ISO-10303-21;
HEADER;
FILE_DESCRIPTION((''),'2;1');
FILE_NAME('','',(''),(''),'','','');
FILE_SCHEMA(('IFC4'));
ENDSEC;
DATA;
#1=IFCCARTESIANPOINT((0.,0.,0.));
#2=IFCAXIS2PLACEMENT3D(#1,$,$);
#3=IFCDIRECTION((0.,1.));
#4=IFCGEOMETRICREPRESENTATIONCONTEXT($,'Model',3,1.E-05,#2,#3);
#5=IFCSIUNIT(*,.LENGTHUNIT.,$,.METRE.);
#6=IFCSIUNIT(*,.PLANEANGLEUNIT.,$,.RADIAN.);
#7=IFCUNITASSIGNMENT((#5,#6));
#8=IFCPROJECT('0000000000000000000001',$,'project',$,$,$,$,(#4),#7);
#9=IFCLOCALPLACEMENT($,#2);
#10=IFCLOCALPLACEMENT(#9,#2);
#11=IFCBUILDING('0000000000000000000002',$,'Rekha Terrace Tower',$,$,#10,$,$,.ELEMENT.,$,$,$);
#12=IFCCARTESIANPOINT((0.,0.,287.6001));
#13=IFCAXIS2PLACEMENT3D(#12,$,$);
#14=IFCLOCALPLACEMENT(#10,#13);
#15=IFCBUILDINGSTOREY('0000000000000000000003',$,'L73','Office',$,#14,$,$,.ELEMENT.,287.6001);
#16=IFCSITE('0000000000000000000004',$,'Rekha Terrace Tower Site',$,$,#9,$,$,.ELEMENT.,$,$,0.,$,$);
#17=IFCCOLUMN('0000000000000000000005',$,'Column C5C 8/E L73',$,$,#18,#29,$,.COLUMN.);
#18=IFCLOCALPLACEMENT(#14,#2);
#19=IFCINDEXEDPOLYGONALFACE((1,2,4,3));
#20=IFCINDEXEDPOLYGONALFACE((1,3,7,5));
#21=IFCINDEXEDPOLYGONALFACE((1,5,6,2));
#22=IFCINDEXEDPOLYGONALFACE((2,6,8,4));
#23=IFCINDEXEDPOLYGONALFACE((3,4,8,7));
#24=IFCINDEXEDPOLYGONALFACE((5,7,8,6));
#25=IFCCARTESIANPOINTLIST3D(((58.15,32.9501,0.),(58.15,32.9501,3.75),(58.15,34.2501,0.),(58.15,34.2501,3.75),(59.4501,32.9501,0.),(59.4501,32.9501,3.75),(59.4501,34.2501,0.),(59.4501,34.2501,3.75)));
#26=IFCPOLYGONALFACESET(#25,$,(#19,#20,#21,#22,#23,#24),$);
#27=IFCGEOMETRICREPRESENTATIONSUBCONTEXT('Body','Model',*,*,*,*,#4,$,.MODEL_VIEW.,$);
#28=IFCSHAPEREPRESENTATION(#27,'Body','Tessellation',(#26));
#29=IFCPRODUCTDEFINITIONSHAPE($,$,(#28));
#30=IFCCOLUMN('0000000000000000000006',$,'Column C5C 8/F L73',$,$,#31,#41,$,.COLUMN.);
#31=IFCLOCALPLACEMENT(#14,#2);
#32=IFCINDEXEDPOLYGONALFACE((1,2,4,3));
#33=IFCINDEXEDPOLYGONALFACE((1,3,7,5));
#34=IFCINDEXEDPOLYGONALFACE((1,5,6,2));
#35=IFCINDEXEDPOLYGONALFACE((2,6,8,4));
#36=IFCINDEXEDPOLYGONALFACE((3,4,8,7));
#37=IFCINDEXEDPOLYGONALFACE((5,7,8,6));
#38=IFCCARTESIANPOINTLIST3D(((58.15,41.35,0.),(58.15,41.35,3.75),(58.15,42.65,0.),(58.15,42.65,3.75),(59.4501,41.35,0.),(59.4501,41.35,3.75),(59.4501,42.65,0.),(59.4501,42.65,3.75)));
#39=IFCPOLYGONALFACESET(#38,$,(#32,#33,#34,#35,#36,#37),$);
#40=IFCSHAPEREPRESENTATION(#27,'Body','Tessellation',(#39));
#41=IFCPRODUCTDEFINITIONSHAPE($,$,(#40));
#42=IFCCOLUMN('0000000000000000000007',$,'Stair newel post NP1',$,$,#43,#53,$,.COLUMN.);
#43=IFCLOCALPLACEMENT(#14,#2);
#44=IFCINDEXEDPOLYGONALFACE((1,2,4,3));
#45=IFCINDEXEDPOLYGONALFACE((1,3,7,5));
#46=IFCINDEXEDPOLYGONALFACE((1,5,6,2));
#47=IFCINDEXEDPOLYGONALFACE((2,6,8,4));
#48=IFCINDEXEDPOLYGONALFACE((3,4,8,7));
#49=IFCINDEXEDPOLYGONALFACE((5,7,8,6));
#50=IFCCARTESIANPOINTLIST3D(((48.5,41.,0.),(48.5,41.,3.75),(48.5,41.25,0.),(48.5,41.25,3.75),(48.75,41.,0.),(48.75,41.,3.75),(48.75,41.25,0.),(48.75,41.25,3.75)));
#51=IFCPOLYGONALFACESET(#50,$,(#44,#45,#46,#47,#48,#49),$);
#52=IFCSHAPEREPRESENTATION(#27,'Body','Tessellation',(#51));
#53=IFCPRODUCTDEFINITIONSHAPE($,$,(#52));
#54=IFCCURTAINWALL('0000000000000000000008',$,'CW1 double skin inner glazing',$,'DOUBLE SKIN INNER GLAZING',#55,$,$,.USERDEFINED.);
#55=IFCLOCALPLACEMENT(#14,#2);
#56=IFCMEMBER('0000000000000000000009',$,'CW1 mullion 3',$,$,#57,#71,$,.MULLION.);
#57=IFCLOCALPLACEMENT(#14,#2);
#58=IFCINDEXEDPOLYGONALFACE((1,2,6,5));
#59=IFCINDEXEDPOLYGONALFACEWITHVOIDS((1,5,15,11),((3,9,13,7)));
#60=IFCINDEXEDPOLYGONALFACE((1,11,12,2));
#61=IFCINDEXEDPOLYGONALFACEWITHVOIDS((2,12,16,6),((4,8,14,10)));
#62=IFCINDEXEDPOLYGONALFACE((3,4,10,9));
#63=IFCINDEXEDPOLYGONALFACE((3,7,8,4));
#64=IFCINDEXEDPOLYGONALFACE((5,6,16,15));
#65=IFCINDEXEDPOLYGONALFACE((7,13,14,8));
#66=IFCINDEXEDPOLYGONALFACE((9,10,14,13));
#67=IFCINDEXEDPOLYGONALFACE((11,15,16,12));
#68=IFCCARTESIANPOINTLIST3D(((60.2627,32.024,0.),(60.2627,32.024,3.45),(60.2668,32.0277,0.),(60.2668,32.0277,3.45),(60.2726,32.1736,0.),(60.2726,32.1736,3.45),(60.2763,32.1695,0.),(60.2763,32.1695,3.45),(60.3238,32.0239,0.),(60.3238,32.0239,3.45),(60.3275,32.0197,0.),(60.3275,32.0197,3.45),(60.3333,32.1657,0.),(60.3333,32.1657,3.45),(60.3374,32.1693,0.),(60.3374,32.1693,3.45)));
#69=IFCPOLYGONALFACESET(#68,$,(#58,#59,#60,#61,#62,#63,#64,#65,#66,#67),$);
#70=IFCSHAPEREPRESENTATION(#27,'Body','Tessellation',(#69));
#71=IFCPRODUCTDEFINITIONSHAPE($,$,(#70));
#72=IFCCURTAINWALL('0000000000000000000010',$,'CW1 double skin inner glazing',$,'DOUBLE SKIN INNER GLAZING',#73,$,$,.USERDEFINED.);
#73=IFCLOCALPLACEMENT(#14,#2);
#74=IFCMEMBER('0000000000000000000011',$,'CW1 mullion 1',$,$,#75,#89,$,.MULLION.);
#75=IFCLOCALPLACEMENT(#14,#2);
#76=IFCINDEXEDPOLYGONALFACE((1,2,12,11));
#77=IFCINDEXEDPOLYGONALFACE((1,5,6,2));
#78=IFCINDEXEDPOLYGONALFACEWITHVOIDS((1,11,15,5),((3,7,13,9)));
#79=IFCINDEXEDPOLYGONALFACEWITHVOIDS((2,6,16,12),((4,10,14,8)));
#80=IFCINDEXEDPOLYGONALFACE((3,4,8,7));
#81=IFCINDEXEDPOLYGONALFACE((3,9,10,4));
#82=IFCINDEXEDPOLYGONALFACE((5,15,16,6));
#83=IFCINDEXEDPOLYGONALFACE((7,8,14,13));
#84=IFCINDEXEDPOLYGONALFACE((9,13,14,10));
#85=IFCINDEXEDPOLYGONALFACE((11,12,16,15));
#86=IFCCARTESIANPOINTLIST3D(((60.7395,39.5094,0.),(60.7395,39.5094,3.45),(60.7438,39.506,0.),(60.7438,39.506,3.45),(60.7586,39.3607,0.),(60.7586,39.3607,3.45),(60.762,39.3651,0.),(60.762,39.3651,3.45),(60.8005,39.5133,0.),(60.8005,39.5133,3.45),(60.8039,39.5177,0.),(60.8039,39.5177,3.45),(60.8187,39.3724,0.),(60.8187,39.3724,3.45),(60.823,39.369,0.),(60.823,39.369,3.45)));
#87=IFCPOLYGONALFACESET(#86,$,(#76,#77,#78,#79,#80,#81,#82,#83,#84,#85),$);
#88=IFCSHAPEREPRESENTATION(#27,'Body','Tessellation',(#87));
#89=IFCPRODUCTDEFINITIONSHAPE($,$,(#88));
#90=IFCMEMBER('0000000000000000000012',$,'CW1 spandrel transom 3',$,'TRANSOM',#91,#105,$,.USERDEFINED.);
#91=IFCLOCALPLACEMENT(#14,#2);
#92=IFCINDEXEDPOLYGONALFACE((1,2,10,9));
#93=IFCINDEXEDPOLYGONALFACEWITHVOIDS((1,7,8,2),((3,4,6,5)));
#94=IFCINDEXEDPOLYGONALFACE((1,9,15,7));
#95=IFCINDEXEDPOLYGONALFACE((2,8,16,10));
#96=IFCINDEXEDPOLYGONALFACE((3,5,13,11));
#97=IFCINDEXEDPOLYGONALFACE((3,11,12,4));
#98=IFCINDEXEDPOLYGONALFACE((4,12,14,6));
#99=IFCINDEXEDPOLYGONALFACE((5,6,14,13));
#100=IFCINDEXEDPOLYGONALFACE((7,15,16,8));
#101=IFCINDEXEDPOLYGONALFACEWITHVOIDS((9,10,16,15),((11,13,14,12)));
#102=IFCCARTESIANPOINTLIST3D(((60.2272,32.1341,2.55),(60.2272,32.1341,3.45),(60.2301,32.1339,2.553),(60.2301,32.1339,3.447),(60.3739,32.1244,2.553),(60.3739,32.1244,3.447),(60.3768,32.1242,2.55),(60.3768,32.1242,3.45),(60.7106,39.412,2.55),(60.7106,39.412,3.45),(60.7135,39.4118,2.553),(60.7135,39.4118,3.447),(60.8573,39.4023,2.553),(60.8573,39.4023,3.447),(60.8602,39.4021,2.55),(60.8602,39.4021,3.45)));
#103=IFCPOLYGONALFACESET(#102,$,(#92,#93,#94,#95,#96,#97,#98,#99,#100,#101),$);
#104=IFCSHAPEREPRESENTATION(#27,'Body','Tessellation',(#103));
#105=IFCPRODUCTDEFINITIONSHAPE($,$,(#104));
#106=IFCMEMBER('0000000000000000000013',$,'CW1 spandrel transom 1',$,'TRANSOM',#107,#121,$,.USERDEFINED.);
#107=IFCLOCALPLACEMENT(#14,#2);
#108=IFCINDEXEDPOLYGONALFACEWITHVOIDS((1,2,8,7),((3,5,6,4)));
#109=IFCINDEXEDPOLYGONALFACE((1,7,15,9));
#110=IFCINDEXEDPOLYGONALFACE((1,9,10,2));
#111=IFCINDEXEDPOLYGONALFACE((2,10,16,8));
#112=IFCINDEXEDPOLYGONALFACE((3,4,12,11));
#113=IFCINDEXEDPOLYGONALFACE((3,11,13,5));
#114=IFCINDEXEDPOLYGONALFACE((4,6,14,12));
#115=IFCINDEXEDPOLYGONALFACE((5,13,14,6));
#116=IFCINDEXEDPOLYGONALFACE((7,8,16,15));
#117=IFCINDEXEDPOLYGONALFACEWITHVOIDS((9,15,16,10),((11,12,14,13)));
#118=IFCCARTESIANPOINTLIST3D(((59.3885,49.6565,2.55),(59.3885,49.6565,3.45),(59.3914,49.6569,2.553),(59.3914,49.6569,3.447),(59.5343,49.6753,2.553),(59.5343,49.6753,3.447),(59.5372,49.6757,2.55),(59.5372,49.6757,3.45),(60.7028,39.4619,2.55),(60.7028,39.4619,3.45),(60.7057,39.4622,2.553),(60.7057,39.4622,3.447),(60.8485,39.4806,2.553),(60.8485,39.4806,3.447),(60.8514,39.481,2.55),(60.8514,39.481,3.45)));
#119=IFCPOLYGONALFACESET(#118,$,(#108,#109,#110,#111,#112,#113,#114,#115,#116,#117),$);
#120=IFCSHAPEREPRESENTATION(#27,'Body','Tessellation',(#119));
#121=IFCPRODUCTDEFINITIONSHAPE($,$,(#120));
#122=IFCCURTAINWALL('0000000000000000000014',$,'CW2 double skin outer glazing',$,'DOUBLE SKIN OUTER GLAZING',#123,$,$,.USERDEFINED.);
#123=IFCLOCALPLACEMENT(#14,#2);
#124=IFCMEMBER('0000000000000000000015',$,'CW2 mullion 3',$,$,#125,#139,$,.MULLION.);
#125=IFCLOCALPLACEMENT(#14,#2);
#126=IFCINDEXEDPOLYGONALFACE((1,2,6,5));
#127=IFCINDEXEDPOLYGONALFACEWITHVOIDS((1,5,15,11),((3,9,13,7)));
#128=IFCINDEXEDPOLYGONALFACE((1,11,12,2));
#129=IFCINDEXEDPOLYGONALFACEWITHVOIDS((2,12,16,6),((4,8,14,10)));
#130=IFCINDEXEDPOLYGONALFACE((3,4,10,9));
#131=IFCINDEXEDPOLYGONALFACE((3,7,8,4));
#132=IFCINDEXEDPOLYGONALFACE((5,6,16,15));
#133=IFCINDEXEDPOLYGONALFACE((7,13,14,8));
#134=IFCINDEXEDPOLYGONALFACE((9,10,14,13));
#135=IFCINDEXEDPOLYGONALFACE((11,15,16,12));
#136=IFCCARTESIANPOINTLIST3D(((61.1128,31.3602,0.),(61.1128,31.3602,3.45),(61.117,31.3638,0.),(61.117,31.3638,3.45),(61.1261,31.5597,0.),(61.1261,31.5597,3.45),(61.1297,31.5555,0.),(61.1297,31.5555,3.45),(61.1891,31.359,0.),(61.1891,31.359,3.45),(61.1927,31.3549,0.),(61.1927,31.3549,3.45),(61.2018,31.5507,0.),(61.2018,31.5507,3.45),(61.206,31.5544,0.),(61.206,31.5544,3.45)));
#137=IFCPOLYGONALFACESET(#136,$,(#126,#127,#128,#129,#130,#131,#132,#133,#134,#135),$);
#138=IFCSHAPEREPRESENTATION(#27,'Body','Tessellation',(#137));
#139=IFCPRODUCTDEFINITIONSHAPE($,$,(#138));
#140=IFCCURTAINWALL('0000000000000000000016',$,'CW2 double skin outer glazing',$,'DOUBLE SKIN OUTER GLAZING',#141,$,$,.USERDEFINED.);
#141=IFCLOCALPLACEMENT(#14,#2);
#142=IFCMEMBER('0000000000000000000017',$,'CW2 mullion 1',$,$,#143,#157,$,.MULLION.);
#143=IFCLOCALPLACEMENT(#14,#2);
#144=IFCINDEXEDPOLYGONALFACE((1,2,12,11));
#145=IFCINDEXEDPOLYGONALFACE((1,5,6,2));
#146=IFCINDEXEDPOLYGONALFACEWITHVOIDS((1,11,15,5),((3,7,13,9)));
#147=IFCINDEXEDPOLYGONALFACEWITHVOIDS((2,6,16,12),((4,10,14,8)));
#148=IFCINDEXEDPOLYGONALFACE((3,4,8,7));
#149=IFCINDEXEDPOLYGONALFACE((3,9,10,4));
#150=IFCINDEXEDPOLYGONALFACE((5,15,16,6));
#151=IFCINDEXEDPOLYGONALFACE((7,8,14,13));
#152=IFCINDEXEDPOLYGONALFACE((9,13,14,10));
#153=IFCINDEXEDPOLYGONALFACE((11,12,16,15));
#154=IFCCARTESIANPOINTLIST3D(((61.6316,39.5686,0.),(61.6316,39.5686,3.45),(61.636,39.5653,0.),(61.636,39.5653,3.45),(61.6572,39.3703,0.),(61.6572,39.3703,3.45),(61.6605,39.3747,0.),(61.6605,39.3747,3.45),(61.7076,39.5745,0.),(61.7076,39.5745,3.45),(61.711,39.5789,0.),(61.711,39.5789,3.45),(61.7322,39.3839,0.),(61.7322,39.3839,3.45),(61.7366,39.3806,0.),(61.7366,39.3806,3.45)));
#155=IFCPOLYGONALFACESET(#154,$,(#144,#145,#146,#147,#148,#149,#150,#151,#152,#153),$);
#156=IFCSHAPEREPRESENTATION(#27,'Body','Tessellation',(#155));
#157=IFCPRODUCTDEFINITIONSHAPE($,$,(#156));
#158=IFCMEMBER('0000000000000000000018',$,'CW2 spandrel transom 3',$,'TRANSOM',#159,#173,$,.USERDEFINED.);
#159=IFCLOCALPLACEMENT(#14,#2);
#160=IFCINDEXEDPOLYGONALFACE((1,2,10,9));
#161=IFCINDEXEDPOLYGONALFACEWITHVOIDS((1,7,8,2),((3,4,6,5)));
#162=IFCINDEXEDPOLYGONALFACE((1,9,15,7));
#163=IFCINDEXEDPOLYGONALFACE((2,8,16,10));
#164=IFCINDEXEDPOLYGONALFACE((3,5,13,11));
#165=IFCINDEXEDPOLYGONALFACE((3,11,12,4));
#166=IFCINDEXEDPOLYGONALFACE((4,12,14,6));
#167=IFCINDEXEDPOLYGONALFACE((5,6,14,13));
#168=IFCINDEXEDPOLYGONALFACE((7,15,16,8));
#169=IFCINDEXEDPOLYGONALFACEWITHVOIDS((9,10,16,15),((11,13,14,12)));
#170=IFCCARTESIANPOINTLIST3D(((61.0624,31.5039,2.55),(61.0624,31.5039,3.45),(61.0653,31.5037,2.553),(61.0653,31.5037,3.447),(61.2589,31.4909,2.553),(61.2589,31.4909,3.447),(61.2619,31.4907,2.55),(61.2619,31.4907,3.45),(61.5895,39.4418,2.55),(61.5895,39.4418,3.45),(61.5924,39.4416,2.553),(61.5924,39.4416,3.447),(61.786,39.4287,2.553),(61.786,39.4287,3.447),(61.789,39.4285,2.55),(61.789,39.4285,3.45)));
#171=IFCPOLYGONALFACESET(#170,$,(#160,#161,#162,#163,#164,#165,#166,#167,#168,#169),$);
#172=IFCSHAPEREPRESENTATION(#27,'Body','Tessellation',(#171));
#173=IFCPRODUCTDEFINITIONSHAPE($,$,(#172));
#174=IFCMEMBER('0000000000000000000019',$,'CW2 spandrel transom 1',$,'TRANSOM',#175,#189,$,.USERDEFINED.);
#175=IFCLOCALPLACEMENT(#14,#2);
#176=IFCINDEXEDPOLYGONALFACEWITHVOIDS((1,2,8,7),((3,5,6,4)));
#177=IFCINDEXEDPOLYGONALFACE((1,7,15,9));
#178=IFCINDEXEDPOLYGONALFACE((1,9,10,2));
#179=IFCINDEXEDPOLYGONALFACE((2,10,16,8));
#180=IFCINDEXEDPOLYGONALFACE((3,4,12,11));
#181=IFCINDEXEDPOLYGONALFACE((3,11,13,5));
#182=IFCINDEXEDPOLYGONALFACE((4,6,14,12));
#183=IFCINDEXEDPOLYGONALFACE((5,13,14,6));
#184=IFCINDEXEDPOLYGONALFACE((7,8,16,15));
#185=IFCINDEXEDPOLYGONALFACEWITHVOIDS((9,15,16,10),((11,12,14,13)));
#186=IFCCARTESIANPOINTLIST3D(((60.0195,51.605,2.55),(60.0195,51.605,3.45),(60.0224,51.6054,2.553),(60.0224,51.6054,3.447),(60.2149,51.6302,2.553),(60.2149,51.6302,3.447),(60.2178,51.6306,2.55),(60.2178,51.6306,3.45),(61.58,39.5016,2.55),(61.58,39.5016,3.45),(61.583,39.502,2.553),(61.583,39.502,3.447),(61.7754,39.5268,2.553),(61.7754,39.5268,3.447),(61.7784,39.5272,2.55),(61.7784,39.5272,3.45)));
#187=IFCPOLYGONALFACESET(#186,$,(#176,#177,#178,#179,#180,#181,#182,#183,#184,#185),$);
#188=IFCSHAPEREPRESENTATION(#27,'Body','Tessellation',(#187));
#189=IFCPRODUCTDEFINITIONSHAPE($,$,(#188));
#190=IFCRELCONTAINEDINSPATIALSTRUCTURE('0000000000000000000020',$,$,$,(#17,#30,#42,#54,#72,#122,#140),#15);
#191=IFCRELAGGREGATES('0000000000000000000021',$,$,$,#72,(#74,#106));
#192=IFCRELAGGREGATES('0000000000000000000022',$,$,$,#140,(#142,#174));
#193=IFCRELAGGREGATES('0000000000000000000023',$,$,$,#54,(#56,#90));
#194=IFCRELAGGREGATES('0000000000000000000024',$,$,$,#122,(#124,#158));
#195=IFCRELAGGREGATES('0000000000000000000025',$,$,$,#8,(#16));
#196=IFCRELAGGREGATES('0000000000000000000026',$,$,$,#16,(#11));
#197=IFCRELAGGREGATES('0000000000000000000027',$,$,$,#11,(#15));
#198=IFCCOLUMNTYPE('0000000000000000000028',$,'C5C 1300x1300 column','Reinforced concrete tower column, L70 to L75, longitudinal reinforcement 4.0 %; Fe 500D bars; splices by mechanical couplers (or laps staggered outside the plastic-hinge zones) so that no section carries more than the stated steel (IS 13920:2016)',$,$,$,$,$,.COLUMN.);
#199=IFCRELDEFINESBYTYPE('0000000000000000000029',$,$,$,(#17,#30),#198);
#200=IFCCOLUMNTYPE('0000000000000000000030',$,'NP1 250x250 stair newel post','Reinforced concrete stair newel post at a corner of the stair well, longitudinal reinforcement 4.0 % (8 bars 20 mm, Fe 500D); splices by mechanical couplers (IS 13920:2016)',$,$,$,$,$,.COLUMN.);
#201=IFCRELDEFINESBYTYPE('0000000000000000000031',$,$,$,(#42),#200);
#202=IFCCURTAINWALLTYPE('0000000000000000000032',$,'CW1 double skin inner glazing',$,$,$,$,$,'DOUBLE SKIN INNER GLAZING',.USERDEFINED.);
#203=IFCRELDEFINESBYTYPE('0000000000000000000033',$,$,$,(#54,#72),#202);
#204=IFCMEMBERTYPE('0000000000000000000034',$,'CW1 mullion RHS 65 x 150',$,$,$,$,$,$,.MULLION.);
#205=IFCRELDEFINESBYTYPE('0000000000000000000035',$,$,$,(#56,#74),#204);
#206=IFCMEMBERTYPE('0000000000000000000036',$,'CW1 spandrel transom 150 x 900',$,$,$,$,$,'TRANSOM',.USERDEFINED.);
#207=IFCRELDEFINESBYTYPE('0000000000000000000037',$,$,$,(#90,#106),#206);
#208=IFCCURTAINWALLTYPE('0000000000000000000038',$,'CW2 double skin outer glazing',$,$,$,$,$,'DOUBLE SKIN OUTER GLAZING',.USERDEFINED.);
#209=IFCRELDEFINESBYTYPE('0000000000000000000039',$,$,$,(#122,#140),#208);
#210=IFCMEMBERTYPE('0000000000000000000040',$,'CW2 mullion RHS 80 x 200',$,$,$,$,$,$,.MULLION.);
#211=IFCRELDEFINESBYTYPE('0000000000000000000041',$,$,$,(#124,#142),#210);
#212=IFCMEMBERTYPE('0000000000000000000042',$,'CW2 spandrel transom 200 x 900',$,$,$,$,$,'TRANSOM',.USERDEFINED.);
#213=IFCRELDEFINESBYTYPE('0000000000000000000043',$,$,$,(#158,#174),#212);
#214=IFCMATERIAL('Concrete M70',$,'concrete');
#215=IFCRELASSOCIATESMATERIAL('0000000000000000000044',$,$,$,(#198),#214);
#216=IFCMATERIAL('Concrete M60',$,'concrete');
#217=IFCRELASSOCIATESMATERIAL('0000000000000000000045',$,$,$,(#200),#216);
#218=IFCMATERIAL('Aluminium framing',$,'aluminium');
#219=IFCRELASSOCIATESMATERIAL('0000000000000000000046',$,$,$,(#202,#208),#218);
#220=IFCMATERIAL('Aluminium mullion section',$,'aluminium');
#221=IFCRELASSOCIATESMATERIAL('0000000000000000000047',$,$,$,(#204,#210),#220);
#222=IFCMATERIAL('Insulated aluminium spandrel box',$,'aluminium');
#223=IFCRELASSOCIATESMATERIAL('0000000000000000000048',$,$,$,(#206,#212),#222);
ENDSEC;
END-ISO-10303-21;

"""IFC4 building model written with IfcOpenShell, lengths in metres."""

from ifc_helpers import new_model, si_unit, direction, frame, origin, origin_2d, place, context, subcontext, project, spatial, rectangle, hollow_rectangle, extrude, material, material_profile, profile_set, type_object, element, aggregate, save


model = new_model("IFC4")

# Units and contexts
model_context = context("Model", 3, precision=1e-05, world=origin(), true_north=direction((0.0, 1.0)))
body_context = subcontext(model_context, "Body", "Model", "MODEL_VIEW")
ifc_project = project(units=[si_unit("LENGTHUNIT", "METRE"), si_unit("PLANEANGLEUNIT", "RADIAN")], contexts=[model_context])

# Site, building, storey
site_placement = place(None, origin())
site = spatial("IfcSite", under=ifc_project, at=site_placement, Name="Rekha Terrace Tower Site", CompositionType="ELEMENT", RefElevation=0.0)
building_placement = place(site_placement, origin())
building = spatial("IfcBuilding", under=site, at=building_placement, Name="Rekha Terrace Tower", CompositionType="ELEMENT")
storey_placement = place(building_placement, frame((0.0, 0.0, 287.6001)))
storey = spatial("IfcBuildingStorey", under=building, at=storey_placement, Name="L73", Description="Office", CompositionType="ELEMENT", Elevation=287.6001)

# Columns
ifc_material_1 = material(Name="Concrete M70", Category="concrete")
ifc_material_profile_1 = material_profile(ifc_material_1, rectangle(XDim=1.3, YDim=1.3, at=origin_2d()), Name="RC 1300x1300")
ifc_profile_set_1 = profile_set([ifc_material_profile_1], Name="Concrete M70")
column_type_1 = type_object("IfcColumnType", Name="C5C 1300x1300 column", Description="Reinforced concrete tower column, L70 to L75, longitudinal reinforcement 4.0 %; Fe 500D bars; splices by mechanical couplers (or laps staggered outside the plastic-hinge zones) so that no section carries more than the stated steel (IS 13920:2016)", PredefinedType="COLUMN", material=ifc_profile_set_1)
for number, where, z_axis, x_axis, name in (
    (1, (58.8, 33.6001, 0.0), (0.0, 0.0, 1.0), (1.0, 0.0, 0.0), "Column C5C 8/E L73"),
    (2, (58.8, 42.0, 0.0), (0.0, 0.0, 1.0), (1.0, 0.0, 0.0), "Column C5C 8/F L73"),
):
    element("IfcColumn", number, at=place(storey_placement, frame(where, z_axis=z_axis, x_axis=x_axis)), inside=storey, type_object=column_type_1, Name=name, PredefinedType="COLUMN", context=body_context, shape_type="SweptSolid", body=[
        extrude(rectangle(XDim=1.3, YDim=1.3, at=origin_2d()), origin(), (0.0, 0.0, 1.0), 3.75),
    ])
ifc_material_2 = material(Name="Concrete M60", Category="concrete")
ifc_material_profile_2 = material_profile(ifc_material_2, rectangle(XDim=0.25, YDim=0.25, at=origin_2d()), Name="RC 250x250")
ifc_profile_set_2 = profile_set([ifc_material_profile_2], Name="Concrete M60")
column_type_2 = type_object("IfcColumnType", Name="NP1 250x250 stair newel post", Description="Reinforced concrete stair newel post at a corner of the stair well, longitudinal reinforcement 4.0 % (8 bars 20 mm, Fe 500D); splices by mechanical couplers (IS 13920:2016)", PredefinedType="COLUMN", material=ifc_profile_set_2)
column_placement = place(storey_placement, frame((48.625, 41.125, 0.0), z_axis=(0.0, 0.0, 1.0), x_axis=(1.0, 0.0, 0.0)))
element("IfcColumn", 3, at=column_placement, inside=storey, type_object=column_type_2, Name="Stair newel post NP1", PredefinedType="COLUMN", context=body_context, shape_type="SweptSolid", body=[
    extrude(rectangle(XDim=0.25, YDim=0.25, at=origin_2d()), origin(), (0.0, 0.0, 1.0), 3.75),
])

# Curtain walls, members
ifc_material_3 = material(Name="Aluminium framing", Category="aluminium")
curtain_wall_type_1 = type_object("IfcCurtainWallType", Name="CW1 double skin inner glazing", ElementType="DOUBLE SKIN INNER GLAZING", PredefinedType="USERDEFINED", material=ifc_material_3)
curtain_wall_1_placement = place(storey_placement, origin())
curtain_wall_1 = element("IfcCurtainWall", 4, at=curtain_wall_1_placement, inside=storey, type_object=curtain_wall_type_1, Name="CW1 double skin inner glazing", ObjectType="DOUBLE SKIN INNER GLAZING", PredefinedType="USERDEFINED")
ifc_material_4 = material(Name="Aluminium mullion section", Category="aluminium")
ifc_material_profile_3 = material_profile(ifc_material_4, hollow_rectangle(XDim=0.0649, YDim=0.1499, WallThickness=0.0039, at=origin_2d()), Name="AL RHS 65x150")
ifc_profile_set_3 = profile_set([ifc_material_profile_3], Name="Aluminium mullion section")
member_type_1 = type_object("IfcMemberType", Name="CW1 mullion RHS 65 x 150", PredefinedType="MULLION", material=ifc_profile_set_3)
member_1_placement = place(storey_placement, frame((60.3, 32.0967, 0.0), z_axis=(0.0, 0.0, 1.0), x_axis=(-0.997802, 0.066272, 0.0)))
member_1 = element("IfcMember", 5, at=member_1_placement, type_object=member_type_1, Name="CW1 mullion 3", PredefinedType="MULLION", context=body_context, shape_type="SweptSolid", body=[
    extrude(hollow_rectangle(XDim=0.0649, YDim=0.1499, WallThickness=0.0039, at=origin_2d()), origin(), (0.0, 0.0, 1.0), 3.45),
])
curtain_wall_2_placement = place(storey_placement, origin())
curtain_wall_2 = element("IfcCurtainWall", 6, at=curtain_wall_2_placement, inside=storey, type_object=curtain_wall_type_1, Name="CW1 double skin inner glazing", ObjectType="DOUBLE SKIN INNER GLAZING", PredefinedType="USERDEFINED")
member_2_placement = place(storey_placement, frame((60.7812, 39.4392, 0.0), z_axis=(0.0, 0.0, 1.0), x_axis=(-0.991791, -0.12787, 0.0)))
member_2 = element("IfcMember", 7, at=member_2_placement, type_object=member_type_1, Name="CW1 mullion 1", PredefinedType="MULLION", context=body_context, shape_type="SweptSolid", body=[
    extrude(hollow_rectangle(XDim=0.0649, YDim=0.1499, WallThickness=0.0039, at=origin_2d()), origin(), (0.0, 0.0, 1.0), 3.45),
])

# Members
ifc_material_5 = material(Name="Insulated aluminium spandrel box", Category="aluminium")
ifc_material_profile_4 = material_profile(ifc_material_5, hollow_rectangle(XDim=0.1499, YDim=0.8999, WallThickness=0.0029, at=origin_2d()), Name="AL SPANDREL BOX 150x900")
ifc_profile_set_4 = profile_set([ifc_material_profile_4], Name="Insulated aluminium spandrel box")
member_type_2 = type_object("IfcMemberType", Name="CW1 spandrel transom 150 x 900", ElementType="TRANSOM", PredefinedType="USERDEFINED", material=ifc_profile_set_4)
member_3_placement = place(storey_placement, frame((60.302, 32.1292, 3.0), z_axis=(0.066275, 0.997801, 0.0), x_axis=(-0.997801, 0.066275, 0.0)))
member_3 = element("IfcMember", 8, at=member_3_placement, type_object=member_type_2, Name="CW1 spandrel transom 3", ObjectType="TRANSOM", PredefinedType="USERDEFINED", context=body_context, shape_type="SweptSolid", body=[
    extrude(hollow_rectangle(XDim=0.1499, YDim=0.8999, WallThickness=0.0029, at=origin_2d()), origin(), (0.0, 0.0, 1.0), 7.2939),
])
member_4_placement = place(storey_placement, frame((60.7771, 39.4714, 3.0), z_axis=(-0.127855, 0.991793, 0.0), x_axis=(-0.991793, -0.127855, 0.0)))
member_4 = element("IfcMember", 9, at=member_4_placement, type_object=member_type_2, Name="CW1 spandrel transom 1", ObjectType="TRANSOM", PredefinedType="USERDEFINED", context=body_context, shape_type="SweptSolid", body=[
    extrude(hollow_rectangle(XDim=0.1499, YDim=0.8999, WallThickness=0.0029, at=origin_2d()), origin(), (0.0, 0.0, 1.0), 10.2791),
])
aggregate(curtain_wall_2, [member_2, member_4])

# Curtain walls, members
curtain_wall_type_2 = type_object("IfcCurtainWallType", Name="CW2 double skin outer glazing", ElementType="DOUBLE SKIN OUTER GLAZING", PredefinedType="USERDEFINED", material=ifc_material_3)
curtain_wall_3_placement = place(storey_placement, origin())
curtain_wall_3 = element("IfcCurtainWall", 10, at=curtain_wall_3_placement, inside=storey, type_object=curtain_wall_type_2, Name="CW2 double skin outer glazing", ObjectType="DOUBLE SKIN OUTER GLAZING", PredefinedType="USERDEFINED")
ifc_material_profile_5 = material_profile(ifc_material_4, hollow_rectangle(XDim=0.0801, YDim=0.2, WallThickness=0.0039, at=origin_2d()), Name="AL RHS 80x200")
ifc_profile_set_5 = profile_set([ifc_material_profile_5], Name="Aluminium mullion section")
member_type_3 = type_object("IfcMemberType", Name="CW2 mullion RHS 80 x 200", PredefinedType="MULLION", material=ifc_profile_set_5)
member_5_placement = place(storey_placement, frame((61.1594, 31.4573, 0.0), z_axis=(0.0, 0.0, 1.0), x_axis=(-0.997802, 0.066272, 0.0)))
member_5 = element("IfcMember", 11, at=member_5_placement, type_object=member_type_3, Name="CW2 mullion 3", PredefinedType="MULLION", context=body_context, shape_type="SweptSolid", body=[
    extrude(hollow_rectangle(XDim=0.0801, YDim=0.2, WallThickness=0.0039, at=origin_2d()), origin(), (0.0, 0.0, 1.0), 3.45),
])
curtain_wall_4_placement = place(storey_placement, origin())
curtain_wall_4 = element("IfcCurtainWall", 12, at=curtain_wall_4_placement, inside=storey, type_object=curtain_wall_type_2, Name="CW2 double skin outer glazing", ObjectType="DOUBLE SKIN OUTER GLAZING", PredefinedType="USERDEFINED")
member_6_placement = place(storey_placement, frame((61.6841, 39.4746, 0.0), z_axis=(0.0, 0.0, 1.0), x_axis=(-0.991791, -0.12787, 0.0)))
member_6 = element("IfcMember", 13, at=member_6_placement, type_object=member_type_3, Name="CW2 mullion 1", PredefinedType="MULLION", context=body_context, shape_type="SweptSolid", body=[
    extrude(hollow_rectangle(XDim=0.0801, YDim=0.2, WallThickness=0.0039, at=origin_2d()), origin(), (0.0, 0.0, 1.0), 3.45),
])

# Members
ifc_material_profile_6 = material_profile(ifc_material_5, hollow_rectangle(XDim=0.2, YDim=0.8999, WallThickness=0.0029, at=origin_2d()), Name="AL SPANDREL BOX 200x900")
ifc_profile_set_6 = profile_set([ifc_material_profile_6], Name="Insulated aluminium spandrel box")
member_type_4 = type_object("IfcMemberType", Name="CW2 spandrel transom 200 x 900", ElementType="TRANSOM", PredefinedType="USERDEFINED", material=ifc_profile_set_6)
member_7_placement = place(storey_placement, frame((61.1621, 31.4973, 3.0), z_axis=(0.066258, 0.997803, 0.0), x_axis=(-0.997803, 0.066258, 0.0)))
member_7 = element("IfcMember", 14, at=member_7_placement, type_object=member_type_4, Name="CW2 spandrel transom 3", ObjectType="TRANSOM", PredefinedType="USERDEFINED", context=body_context, shape_type="SweptSolid", body=[
    extrude(hollow_rectangle(XDim=0.2, YDim=0.8999, WallThickness=0.0029, at=origin_2d()), origin(), (0.0, 0.0, 1.0), 7.9553),
])
member_8_placement = place(storey_placement, frame((61.6792, 39.5144, 3.0), z_axis=(-0.127875, 0.99179, 0.0), x_axis=(-0.99179, -0.127875, 0.0)))
member_8 = element("IfcMember", 15, at=member_8_placement, type_object=member_type_4, Name="CW2 spandrel transom 1", ObjectType="TRANSOM", PredefinedType="USERDEFINED", context=body_context, shape_type="SweptSolid", body=[
    extrude(hollow_rectangle(XDim=0.2, YDim=0.8999, WallThickness=0.0029, at=origin_2d()), origin(), (0.0, 0.0, 1.0), 12.2036),
])
aggregate(curtain_wall_4, [member_6, member_8])

aggregate(curtain_wall_1, [member_1, member_3])
aggregate(curtain_wall_3, [member_5, member_7])

save(model, "model.ifc")
